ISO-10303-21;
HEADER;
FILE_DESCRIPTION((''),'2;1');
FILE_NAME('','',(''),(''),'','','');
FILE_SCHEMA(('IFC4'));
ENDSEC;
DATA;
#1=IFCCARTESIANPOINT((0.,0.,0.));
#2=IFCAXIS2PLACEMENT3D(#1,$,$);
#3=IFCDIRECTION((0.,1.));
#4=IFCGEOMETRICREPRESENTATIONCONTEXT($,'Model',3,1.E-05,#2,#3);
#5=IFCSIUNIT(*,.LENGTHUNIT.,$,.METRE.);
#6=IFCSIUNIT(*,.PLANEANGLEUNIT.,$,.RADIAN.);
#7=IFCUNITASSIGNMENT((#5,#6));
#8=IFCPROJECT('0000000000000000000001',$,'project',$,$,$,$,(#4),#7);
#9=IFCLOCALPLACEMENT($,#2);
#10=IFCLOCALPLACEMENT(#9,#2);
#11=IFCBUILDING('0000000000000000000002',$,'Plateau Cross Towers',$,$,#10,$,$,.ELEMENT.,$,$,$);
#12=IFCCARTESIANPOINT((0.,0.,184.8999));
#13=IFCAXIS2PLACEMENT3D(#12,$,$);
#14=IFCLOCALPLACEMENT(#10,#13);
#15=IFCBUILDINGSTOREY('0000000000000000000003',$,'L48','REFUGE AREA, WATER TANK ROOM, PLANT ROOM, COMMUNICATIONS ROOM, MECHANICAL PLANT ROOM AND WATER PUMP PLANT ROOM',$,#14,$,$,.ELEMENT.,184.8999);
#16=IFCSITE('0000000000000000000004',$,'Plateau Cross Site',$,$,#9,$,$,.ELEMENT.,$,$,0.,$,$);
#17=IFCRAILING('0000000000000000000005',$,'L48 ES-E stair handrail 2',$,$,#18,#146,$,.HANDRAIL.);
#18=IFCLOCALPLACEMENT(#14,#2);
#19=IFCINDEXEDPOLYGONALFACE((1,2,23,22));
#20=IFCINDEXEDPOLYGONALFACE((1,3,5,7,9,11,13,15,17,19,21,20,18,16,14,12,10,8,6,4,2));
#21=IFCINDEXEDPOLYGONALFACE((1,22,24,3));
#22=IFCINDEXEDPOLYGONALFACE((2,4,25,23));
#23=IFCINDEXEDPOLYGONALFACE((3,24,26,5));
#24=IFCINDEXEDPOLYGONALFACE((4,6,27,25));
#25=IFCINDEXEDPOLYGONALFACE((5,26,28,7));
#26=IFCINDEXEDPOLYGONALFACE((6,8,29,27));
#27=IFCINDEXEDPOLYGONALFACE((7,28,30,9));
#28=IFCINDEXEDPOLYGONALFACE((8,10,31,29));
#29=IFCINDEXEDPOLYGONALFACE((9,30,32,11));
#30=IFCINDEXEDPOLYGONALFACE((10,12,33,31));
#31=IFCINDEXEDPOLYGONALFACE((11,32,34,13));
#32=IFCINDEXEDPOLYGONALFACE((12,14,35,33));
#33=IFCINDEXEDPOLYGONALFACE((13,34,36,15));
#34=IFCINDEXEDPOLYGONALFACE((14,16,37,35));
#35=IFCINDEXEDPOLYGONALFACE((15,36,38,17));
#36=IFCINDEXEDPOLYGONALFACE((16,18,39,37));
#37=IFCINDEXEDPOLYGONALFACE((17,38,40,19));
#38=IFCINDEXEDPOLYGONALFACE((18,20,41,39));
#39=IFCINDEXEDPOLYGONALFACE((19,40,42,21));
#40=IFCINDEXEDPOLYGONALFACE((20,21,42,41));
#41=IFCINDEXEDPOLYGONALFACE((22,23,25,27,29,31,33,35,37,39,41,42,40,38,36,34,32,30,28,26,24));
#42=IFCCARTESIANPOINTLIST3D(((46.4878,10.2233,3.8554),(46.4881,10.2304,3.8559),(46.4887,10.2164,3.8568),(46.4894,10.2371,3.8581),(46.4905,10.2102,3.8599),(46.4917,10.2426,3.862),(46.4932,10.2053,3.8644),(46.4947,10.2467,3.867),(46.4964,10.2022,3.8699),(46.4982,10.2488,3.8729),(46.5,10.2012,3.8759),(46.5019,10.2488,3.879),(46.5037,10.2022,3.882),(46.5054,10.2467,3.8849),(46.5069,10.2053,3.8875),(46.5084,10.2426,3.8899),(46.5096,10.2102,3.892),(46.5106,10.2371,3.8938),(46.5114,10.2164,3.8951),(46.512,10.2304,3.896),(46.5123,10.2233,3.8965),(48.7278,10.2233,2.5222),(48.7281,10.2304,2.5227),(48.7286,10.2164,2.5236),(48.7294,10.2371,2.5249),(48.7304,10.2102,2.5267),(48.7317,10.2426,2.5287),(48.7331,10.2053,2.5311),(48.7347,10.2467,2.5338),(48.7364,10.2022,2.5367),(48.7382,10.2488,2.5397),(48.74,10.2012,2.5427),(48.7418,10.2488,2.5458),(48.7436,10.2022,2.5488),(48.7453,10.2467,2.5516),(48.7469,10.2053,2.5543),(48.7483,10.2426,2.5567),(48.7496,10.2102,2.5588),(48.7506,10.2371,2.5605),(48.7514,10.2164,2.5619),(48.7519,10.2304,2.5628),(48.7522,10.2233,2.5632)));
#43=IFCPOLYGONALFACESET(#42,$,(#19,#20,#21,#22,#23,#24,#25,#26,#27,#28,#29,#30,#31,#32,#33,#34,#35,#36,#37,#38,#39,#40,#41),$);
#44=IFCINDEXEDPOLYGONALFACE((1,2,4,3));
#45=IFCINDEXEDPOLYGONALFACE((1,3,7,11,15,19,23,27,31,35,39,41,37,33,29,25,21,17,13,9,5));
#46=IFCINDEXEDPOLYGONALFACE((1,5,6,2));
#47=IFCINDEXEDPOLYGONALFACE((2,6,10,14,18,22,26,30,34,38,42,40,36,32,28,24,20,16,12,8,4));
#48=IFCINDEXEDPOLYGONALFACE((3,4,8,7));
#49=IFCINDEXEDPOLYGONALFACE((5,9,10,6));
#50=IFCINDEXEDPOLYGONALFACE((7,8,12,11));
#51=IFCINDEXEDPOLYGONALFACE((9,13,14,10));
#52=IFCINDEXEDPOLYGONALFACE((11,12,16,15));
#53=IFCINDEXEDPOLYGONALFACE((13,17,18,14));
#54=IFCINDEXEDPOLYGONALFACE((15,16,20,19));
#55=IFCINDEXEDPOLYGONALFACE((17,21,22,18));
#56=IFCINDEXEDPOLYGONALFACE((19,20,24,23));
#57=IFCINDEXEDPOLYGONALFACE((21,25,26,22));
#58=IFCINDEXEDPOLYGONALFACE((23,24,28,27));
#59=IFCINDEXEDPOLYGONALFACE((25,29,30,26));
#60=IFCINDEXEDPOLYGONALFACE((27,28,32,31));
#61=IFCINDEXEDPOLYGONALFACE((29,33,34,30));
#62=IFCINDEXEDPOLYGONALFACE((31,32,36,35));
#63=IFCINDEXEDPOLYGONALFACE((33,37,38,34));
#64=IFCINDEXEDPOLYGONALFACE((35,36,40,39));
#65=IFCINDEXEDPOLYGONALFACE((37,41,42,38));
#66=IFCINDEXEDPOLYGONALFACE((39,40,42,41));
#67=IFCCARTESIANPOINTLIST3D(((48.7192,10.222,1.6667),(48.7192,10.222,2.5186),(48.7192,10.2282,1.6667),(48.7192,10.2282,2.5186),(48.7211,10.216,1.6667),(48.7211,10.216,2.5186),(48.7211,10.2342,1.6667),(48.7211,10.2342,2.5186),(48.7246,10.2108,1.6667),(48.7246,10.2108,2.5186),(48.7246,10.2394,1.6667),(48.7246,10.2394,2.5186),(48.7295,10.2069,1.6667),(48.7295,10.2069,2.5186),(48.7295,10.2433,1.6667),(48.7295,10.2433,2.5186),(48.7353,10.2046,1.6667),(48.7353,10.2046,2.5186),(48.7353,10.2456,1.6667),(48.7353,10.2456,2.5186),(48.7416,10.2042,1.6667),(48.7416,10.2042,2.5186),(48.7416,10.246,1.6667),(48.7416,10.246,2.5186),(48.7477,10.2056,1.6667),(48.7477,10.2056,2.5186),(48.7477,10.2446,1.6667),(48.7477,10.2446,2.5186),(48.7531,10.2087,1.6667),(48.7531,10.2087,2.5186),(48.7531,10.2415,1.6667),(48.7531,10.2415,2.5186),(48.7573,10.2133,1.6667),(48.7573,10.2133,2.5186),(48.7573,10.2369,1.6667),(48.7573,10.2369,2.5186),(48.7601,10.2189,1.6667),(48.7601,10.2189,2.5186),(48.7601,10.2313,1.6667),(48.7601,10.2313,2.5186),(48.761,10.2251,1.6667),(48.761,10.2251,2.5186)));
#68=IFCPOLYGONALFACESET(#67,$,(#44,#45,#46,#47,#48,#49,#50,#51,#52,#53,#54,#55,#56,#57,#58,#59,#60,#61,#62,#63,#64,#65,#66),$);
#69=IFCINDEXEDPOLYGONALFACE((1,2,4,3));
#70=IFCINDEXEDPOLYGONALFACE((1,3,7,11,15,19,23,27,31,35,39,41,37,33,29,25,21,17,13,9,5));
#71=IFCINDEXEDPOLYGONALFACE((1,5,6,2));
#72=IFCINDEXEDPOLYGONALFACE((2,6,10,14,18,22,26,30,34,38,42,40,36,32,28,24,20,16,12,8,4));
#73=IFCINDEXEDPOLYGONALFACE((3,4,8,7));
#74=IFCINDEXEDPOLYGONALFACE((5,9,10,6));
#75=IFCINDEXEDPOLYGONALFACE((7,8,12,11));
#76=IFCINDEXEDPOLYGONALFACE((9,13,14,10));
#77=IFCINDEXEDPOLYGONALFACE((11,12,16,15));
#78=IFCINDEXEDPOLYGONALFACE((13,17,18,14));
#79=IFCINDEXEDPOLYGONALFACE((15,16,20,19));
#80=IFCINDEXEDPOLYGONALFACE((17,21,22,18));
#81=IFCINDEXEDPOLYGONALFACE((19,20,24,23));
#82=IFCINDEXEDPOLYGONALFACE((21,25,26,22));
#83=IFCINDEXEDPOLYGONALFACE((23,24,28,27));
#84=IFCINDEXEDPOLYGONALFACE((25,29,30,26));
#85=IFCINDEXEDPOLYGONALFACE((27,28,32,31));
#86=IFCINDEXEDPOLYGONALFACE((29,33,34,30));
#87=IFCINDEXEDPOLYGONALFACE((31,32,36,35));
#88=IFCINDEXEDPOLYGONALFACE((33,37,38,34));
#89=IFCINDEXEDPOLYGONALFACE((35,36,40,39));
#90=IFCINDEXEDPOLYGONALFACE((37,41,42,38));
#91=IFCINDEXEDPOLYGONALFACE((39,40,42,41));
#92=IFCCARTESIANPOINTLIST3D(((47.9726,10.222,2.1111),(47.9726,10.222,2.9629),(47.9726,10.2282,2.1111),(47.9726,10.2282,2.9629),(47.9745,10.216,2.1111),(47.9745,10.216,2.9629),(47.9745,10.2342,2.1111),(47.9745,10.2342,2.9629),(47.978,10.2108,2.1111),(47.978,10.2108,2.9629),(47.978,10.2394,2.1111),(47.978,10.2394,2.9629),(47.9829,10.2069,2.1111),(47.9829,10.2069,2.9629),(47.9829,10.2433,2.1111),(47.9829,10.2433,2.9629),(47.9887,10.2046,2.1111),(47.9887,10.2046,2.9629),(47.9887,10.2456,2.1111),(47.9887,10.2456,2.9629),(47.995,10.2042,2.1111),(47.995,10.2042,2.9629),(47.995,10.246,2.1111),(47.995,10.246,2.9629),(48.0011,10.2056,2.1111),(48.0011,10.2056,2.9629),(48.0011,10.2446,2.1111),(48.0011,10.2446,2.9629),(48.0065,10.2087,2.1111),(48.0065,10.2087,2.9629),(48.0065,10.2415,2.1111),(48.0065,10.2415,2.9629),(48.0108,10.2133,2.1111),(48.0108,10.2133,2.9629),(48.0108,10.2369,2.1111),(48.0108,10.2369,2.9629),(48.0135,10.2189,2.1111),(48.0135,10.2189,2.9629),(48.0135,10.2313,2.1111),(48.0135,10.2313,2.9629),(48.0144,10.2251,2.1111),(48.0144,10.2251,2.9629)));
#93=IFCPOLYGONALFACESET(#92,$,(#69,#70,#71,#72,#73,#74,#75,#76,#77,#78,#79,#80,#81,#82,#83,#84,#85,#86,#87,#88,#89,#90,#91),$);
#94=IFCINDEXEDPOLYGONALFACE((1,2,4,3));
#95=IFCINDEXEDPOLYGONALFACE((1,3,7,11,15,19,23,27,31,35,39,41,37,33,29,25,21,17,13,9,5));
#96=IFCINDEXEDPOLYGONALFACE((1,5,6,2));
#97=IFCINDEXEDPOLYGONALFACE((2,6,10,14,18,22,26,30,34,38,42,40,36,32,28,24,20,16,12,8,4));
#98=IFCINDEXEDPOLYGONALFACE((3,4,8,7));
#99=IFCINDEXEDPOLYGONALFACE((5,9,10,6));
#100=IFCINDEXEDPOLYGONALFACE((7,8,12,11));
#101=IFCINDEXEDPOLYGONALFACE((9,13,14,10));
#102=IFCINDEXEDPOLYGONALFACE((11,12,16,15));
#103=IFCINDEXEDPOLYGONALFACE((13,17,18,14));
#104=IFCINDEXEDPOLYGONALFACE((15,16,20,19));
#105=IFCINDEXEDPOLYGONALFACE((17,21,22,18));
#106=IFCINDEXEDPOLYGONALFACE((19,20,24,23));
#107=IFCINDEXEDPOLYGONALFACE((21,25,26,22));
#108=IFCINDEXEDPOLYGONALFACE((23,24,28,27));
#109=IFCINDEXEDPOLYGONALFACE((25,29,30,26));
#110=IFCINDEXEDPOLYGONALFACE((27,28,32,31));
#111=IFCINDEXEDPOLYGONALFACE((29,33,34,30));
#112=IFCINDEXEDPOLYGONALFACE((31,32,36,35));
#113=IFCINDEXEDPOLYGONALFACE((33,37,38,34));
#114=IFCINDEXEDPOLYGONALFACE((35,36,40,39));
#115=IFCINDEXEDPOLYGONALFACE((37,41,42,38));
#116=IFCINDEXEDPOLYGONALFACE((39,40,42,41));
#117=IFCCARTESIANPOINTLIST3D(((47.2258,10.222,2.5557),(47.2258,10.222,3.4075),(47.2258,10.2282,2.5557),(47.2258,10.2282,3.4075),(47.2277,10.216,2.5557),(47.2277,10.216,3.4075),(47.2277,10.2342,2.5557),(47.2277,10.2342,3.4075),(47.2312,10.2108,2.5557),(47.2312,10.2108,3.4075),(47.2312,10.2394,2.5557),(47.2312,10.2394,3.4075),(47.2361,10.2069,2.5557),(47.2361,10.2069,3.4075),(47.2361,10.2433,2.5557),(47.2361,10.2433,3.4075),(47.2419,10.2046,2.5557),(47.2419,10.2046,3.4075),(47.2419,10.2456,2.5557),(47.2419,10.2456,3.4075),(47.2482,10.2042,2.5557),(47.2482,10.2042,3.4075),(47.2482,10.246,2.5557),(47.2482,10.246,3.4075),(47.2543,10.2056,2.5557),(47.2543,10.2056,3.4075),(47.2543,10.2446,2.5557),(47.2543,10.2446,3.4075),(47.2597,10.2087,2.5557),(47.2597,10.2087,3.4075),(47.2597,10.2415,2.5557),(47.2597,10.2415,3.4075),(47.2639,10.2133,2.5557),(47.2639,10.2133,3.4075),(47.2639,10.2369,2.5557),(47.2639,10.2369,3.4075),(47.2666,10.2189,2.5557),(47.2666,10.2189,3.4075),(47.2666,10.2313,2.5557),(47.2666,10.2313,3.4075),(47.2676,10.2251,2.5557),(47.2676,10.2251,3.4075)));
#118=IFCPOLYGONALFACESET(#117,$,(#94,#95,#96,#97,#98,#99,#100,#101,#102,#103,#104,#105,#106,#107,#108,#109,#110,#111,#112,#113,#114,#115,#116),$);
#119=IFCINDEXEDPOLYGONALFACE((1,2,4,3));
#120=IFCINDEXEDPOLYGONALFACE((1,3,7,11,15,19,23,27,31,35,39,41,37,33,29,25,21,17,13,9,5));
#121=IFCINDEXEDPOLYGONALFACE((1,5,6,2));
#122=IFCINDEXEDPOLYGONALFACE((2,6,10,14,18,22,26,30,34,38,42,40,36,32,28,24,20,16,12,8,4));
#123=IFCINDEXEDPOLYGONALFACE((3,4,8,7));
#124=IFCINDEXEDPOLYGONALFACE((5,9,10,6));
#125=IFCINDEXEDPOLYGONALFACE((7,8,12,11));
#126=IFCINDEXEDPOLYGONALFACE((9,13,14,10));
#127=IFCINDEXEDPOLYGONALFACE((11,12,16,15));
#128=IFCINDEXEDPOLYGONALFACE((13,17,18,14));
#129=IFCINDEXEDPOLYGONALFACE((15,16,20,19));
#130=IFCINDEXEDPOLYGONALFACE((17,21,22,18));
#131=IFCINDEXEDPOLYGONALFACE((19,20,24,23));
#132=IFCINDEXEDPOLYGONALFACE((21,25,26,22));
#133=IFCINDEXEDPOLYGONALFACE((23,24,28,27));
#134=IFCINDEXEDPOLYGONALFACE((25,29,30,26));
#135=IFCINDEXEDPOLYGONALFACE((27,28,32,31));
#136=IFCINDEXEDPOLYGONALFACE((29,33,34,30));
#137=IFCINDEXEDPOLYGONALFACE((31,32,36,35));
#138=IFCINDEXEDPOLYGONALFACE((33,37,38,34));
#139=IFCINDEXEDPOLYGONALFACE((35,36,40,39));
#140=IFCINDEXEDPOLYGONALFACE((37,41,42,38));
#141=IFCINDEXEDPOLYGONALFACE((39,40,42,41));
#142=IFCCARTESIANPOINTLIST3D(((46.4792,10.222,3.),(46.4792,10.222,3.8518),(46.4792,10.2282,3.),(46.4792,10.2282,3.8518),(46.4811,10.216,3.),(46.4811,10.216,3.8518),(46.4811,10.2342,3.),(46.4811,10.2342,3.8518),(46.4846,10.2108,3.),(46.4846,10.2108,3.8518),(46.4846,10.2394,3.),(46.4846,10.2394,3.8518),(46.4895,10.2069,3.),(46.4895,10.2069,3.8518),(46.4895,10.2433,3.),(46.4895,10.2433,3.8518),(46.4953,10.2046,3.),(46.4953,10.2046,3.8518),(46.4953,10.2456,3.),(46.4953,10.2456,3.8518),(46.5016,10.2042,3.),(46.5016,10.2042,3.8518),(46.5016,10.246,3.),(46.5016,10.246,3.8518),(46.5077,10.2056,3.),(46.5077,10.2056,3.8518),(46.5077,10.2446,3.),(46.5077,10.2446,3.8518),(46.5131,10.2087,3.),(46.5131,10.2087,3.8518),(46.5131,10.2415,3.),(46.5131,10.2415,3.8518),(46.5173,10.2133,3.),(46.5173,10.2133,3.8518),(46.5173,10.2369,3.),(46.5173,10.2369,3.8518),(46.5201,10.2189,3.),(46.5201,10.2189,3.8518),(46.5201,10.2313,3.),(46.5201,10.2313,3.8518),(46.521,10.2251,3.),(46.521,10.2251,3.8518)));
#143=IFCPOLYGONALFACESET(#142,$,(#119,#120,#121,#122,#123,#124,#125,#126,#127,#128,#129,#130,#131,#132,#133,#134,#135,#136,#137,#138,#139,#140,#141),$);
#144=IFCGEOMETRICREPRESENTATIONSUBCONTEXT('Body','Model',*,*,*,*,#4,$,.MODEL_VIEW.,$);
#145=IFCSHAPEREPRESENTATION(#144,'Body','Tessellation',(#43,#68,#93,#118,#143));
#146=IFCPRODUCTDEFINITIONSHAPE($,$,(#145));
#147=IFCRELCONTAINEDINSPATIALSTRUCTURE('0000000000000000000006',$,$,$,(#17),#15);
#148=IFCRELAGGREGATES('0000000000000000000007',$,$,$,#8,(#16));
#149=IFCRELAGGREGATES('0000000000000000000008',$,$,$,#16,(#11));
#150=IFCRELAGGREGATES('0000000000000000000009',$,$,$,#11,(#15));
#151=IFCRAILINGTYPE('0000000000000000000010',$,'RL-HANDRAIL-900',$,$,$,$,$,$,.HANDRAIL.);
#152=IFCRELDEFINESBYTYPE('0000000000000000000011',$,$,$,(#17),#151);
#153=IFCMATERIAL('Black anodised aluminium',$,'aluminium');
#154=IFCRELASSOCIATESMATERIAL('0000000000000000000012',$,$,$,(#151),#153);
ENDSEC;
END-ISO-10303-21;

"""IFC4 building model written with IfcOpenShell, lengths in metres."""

from ifc_helpers import new_model, si_unit, direction, frame, origin, origin_2d, place, context, subcontext, project, spatial, circle, extrude, material, type_object, element, save


model = new_model("IFC4")

# Units and contexts
model_context = context("Model", 3, precision=1e-05, world=origin(), true_north=direction((0.0, 1.0)))
body_context = subcontext(model_context, "Body", "Model", "MODEL_VIEW")
ifc_project = project(units=[si_unit("LENGTHUNIT", "METRE"), si_unit("PLANEANGLEUNIT", "RADIAN")], contexts=[model_context])

# Site, building, storey
site_placement = place(None, origin())
site = spatial("IfcSite", under=ifc_project, at=site_placement, Name="Plateau Cross Site", CompositionType="ELEMENT", RefElevation=0.0)
building_placement = place(site_placement, origin())
building = spatial("IfcBuilding", under=site, at=building_placement, Name="Plateau Cross Towers", CompositionType="ELEMENT")
storey_placement = place(building_placement, frame((0.0, 0.0, 184.8999)))
storey = spatial("IfcBuildingStorey", under=building, at=storey_placement, Name="L48", Description="REFUGE AREA, WATER TANK ROOM, PLANT ROOM, COMMUNICATIONS ROOM, MECHANICAL PLANT ROOM AND WATER PUMP PLANT ROOM", CompositionType="ELEMENT", Elevation=184.8999)

# Shared definitions
ifc_material_1 = material(Name="Black anodised aluminium", Category="aluminium")

# Railing
railing_type_1 = type_object("IfcRailingType", Name="RL-HANDRAIL-900", PredefinedType="HANDRAIL", material=ifc_material_1)
for number, where, name in (
    (1, (48.74, 10.2251, 1.6667), "L48 ES-E stair handrail 2"),
):
    element("IfcRailing", number, at=place(storey_placement, frame(where)), inside=storey, type_object=railing_type_1, Name=name, PredefinedType="HANDRAIL", context=body_context, shape_type="SweptSolid", body=[
        extrude(circle(Radius=0.0239, at=origin_2d()), frame((0.0, 0.0, 0.876), z_axis=(-0.859306, 0.0, 0.511462), x_axis=(0.0, -1.0, 0.0)), (0.0, 0.0, 1.0), 2.6067),
        extrude(circle(Radius=0.021, at=origin_2d()), origin(), (0.0, 0.0, 1.0), 0.8518),
        extrude(circle(Radius=0.021, at=origin_2d()), frame((-0.7466, 0.0, 0.4443)), (0.0, 0.0, 1.0), 0.8518),
        extrude(circle(Radius=0.021, at=origin_2d()), frame((-1.4934, 0.0, 0.8889)), (0.0, 0.0, 1.0), 0.8518),
        extrude(circle(Radius=0.021, at=origin_2d()), frame((-2.24, 0.0, 1.3333)), (0.0, 0.0, 1.0), 0.8518),
    ])

save(model, "model.ifc")
